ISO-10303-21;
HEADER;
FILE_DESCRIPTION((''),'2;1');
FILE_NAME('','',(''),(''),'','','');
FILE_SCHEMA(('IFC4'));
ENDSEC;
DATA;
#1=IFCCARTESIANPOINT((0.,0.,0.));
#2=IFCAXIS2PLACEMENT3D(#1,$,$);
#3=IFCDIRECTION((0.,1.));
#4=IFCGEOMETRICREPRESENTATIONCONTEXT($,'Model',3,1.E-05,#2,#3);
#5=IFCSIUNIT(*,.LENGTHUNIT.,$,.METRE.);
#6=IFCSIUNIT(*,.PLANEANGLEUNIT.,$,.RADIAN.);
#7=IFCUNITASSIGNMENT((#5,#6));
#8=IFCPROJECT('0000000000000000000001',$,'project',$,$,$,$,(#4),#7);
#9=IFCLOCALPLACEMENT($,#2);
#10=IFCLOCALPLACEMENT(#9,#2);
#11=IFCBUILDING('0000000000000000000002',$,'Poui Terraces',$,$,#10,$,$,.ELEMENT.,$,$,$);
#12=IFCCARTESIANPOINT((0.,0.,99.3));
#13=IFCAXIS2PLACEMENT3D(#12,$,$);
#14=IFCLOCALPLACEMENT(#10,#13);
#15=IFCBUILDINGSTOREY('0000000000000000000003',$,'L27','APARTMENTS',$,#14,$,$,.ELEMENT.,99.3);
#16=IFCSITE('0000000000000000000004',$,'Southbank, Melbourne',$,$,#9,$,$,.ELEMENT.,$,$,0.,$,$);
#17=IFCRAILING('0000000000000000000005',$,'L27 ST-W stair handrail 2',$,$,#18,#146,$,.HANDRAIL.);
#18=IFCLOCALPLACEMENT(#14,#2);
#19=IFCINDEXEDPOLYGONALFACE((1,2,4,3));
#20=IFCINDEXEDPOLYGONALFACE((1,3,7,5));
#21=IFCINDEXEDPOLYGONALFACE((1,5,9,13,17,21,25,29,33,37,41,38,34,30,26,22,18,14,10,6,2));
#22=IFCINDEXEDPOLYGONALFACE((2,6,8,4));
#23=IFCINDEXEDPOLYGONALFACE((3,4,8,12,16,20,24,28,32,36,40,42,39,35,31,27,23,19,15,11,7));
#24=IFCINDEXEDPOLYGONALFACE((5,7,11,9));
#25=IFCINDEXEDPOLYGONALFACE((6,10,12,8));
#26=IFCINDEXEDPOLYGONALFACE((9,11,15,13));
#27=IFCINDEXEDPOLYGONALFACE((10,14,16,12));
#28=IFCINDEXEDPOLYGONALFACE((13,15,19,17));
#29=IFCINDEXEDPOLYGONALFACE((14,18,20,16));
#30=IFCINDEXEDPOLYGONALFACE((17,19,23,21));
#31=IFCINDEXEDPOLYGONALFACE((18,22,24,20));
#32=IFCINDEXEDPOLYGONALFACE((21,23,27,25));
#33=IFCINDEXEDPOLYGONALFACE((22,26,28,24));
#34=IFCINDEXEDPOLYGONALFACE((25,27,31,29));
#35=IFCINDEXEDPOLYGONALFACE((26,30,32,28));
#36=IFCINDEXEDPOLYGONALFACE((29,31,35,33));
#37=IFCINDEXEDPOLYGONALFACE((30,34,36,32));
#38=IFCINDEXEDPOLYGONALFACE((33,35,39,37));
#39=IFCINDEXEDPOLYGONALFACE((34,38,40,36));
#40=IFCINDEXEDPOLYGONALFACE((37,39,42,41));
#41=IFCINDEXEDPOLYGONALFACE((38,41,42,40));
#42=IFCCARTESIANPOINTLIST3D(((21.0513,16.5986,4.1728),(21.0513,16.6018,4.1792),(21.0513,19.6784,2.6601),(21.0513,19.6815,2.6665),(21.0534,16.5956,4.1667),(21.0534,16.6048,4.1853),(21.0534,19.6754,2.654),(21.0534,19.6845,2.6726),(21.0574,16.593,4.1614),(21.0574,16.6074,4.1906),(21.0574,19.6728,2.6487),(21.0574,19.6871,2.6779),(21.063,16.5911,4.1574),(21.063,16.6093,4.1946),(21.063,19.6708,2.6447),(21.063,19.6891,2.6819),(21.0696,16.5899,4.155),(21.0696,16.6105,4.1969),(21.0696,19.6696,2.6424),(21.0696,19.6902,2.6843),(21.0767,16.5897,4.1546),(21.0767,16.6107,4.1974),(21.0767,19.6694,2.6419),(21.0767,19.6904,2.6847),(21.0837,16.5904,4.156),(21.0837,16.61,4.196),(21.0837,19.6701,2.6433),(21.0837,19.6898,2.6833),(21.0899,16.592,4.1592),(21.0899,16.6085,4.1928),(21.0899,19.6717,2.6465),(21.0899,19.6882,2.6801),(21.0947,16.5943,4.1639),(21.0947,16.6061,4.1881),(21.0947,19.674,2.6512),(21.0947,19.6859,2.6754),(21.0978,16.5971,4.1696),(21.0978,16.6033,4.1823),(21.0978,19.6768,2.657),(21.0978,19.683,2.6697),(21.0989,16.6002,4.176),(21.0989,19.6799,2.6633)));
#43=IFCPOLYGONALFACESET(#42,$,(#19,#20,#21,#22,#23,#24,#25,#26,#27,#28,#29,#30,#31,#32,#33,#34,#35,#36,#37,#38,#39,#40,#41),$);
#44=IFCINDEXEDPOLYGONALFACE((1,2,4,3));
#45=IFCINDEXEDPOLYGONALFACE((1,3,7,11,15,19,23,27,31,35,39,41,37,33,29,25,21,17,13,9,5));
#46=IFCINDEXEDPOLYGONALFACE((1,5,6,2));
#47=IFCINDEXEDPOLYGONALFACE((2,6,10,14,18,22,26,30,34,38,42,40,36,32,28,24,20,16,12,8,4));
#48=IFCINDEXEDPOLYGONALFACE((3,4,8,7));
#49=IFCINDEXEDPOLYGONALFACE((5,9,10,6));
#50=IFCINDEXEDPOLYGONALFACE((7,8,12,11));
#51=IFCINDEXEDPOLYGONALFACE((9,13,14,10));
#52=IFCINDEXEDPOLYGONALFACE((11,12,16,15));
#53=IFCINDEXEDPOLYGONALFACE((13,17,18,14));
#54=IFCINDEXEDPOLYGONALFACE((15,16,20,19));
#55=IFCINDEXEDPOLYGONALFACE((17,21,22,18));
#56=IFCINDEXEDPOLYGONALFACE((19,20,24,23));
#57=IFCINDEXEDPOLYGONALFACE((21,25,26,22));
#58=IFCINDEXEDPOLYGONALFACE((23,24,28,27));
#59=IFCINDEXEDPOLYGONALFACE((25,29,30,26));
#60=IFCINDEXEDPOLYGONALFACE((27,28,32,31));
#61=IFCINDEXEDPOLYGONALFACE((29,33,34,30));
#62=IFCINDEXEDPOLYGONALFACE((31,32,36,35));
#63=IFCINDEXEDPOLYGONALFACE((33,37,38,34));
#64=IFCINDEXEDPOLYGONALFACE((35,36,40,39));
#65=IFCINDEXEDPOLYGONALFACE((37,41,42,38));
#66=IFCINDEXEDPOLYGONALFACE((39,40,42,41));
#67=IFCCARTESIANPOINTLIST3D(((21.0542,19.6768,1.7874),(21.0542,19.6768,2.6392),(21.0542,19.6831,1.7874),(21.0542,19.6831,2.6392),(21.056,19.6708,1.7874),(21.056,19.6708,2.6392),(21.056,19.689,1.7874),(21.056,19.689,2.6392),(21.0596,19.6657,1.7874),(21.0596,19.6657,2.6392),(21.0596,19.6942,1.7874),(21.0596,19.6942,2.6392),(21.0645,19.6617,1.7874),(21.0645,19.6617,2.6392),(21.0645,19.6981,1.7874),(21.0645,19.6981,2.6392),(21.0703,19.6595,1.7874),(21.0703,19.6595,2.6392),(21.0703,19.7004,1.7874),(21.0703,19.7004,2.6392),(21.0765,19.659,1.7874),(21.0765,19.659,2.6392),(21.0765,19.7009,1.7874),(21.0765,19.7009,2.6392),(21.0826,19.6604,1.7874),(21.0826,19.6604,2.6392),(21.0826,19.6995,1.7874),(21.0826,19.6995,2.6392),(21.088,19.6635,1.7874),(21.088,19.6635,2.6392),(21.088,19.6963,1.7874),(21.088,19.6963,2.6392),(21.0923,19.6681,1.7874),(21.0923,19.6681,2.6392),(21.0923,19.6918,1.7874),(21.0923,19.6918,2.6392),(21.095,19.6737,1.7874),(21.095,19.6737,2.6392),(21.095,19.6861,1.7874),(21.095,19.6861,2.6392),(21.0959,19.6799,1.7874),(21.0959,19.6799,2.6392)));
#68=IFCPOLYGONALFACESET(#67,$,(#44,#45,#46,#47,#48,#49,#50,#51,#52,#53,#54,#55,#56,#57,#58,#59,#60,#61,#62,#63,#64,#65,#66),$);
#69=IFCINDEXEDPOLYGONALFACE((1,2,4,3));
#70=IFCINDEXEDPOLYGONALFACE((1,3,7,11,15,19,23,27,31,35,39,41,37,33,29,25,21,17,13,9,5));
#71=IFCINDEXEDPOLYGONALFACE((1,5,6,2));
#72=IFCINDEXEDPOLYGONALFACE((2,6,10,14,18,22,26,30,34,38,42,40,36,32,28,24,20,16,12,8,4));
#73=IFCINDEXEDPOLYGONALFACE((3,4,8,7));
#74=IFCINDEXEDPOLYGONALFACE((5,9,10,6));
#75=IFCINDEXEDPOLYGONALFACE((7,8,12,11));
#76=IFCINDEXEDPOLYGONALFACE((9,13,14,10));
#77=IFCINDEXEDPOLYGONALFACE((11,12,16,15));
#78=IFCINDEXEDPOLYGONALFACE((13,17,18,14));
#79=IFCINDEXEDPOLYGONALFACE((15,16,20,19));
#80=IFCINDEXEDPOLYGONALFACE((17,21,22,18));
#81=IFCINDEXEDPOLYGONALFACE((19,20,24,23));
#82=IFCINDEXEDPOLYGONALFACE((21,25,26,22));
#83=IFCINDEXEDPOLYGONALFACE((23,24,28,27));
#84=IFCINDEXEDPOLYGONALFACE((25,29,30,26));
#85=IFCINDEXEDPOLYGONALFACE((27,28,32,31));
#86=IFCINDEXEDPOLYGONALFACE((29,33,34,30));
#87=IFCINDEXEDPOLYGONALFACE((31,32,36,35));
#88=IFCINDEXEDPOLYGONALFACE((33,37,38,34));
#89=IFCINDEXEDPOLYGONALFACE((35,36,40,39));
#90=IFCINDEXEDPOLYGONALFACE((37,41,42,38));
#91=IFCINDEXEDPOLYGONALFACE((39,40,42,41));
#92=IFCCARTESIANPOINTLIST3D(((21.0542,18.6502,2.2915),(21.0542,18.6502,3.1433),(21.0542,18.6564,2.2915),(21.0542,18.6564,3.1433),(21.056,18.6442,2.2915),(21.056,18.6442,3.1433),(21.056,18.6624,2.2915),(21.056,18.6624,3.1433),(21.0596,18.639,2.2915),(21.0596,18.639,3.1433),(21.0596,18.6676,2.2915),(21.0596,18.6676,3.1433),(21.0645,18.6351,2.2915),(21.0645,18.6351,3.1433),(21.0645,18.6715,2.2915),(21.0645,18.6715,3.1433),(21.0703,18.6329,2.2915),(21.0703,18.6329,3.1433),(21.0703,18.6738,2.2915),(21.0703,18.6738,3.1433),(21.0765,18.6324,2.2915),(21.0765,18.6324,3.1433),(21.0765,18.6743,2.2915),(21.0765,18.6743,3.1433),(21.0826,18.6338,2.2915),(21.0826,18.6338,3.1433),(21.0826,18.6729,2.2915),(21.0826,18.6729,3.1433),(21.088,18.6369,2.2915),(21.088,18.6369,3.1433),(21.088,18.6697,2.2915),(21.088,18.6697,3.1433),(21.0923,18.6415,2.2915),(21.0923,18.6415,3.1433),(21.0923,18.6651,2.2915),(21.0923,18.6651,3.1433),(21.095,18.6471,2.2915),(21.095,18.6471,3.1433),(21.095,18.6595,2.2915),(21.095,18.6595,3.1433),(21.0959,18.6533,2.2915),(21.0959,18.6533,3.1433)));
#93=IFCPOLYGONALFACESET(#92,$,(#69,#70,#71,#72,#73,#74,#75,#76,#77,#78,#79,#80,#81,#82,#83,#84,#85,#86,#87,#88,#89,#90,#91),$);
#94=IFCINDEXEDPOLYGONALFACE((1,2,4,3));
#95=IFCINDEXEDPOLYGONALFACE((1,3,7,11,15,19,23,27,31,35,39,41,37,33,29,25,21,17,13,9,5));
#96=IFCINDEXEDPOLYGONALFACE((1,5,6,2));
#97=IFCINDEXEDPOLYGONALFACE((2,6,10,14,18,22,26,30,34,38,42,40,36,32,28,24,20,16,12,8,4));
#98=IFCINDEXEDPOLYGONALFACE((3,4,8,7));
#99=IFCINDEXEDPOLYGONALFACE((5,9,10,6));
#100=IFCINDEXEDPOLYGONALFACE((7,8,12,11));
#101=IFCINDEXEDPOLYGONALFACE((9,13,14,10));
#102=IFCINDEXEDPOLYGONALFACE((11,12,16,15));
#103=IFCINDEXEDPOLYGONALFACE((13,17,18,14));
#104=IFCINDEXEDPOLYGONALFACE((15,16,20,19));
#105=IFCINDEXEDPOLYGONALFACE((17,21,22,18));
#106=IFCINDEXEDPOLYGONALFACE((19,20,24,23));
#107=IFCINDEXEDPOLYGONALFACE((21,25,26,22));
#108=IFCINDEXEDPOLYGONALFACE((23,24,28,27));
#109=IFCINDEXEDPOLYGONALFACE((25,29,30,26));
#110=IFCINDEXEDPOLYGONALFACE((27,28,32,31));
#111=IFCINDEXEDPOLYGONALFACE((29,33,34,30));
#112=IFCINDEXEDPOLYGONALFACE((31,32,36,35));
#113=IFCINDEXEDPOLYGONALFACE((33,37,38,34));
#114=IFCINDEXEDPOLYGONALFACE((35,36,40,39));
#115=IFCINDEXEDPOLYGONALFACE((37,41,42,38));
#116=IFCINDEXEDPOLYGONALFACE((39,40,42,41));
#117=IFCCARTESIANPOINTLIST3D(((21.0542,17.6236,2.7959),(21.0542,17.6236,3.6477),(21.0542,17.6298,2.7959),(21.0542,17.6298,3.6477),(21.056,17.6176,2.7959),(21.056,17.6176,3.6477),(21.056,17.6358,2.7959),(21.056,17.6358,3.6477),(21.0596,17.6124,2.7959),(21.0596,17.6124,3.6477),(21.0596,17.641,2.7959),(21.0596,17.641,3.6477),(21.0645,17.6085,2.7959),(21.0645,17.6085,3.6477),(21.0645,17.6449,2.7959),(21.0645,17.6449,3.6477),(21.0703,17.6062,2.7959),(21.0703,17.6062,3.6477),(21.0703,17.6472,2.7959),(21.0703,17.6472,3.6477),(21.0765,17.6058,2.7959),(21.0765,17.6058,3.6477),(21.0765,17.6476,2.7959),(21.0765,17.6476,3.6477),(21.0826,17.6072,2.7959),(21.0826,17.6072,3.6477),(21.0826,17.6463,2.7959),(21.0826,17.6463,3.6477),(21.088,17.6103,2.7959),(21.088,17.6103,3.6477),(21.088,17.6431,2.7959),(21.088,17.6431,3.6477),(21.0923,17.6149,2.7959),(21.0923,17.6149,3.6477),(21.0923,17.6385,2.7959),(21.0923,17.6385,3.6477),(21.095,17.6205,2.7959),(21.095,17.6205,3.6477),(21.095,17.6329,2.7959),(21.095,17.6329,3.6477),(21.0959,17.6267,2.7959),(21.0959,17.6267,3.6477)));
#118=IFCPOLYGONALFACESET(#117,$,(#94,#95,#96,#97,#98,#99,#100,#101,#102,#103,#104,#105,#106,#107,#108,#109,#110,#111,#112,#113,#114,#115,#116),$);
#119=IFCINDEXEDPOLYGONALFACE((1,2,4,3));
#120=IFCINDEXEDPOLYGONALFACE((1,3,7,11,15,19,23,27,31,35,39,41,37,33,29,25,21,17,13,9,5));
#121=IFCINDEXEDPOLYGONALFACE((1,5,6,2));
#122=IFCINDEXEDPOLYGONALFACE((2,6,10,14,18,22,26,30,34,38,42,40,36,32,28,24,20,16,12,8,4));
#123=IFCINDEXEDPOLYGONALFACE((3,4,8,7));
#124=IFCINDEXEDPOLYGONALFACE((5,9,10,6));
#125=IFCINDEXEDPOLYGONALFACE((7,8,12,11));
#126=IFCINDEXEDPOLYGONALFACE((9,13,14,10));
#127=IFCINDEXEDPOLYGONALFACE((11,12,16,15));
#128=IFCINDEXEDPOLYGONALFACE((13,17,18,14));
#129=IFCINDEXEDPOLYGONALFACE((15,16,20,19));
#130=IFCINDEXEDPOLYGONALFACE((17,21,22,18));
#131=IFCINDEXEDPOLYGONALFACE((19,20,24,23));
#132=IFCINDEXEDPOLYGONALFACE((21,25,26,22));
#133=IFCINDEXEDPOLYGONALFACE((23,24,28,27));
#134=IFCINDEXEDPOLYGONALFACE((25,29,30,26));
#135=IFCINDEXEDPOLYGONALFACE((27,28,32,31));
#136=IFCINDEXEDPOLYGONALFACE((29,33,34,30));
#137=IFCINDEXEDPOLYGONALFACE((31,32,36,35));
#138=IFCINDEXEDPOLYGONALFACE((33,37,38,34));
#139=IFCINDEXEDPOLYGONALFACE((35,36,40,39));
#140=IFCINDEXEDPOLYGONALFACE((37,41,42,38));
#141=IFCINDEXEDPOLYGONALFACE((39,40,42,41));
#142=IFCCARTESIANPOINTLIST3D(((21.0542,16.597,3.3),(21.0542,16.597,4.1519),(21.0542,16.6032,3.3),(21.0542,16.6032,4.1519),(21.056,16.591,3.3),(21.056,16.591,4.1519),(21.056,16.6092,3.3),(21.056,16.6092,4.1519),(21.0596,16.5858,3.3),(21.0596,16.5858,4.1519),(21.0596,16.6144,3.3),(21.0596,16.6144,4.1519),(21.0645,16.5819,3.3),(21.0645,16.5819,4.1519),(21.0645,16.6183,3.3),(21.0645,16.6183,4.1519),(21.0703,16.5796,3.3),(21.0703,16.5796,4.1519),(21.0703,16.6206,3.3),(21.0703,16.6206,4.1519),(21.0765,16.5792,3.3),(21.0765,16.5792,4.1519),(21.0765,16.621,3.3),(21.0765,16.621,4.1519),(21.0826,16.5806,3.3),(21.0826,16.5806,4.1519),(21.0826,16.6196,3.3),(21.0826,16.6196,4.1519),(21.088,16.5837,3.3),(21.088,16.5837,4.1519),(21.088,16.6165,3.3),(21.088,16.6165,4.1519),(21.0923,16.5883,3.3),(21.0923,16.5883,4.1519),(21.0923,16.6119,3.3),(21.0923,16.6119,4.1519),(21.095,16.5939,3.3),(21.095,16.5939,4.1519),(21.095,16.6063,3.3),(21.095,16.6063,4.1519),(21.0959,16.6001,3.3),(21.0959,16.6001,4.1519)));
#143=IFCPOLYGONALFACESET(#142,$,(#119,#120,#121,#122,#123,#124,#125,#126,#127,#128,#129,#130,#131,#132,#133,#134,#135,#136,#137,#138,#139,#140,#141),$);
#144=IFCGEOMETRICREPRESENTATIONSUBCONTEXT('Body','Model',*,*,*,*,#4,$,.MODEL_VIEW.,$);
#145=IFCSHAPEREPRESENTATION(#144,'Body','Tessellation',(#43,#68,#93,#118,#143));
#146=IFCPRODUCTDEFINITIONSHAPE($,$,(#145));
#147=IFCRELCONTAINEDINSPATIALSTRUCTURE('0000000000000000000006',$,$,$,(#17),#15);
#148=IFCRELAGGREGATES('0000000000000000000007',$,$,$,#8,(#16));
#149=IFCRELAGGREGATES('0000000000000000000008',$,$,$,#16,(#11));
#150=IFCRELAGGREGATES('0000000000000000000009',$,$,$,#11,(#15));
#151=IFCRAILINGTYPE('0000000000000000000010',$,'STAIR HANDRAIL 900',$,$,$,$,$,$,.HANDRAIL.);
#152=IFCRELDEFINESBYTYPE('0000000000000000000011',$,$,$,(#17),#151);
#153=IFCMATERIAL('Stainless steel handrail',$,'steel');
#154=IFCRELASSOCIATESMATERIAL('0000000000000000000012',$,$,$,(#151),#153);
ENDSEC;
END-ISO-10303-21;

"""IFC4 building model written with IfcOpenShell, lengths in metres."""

from ifc_helpers import new_model, si_unit, direction, frame, origin, origin_2d, place, context, subcontext, project, spatial, circle, extrude, material, type_object, element, save


model = new_model("IFC4")

# Units and contexts
model_context = context("Model", 3, precision=1e-05, world=origin(), true_north=direction((0.0, 1.0)))
body_context = subcontext(model_context, "Body", "Model", "MODEL_VIEW")
ifc_project = project(units=[si_unit("LENGTHUNIT", "METRE"), si_unit("PLANEANGLEUNIT", "RADIAN")], contexts=[model_context])

# Site, building, storey
site_placement = place(None, origin())
site = spatial("IfcSite", under=ifc_project, at=site_placement, Name="Southbank, Melbourne", CompositionType="ELEMENT", RefElevation=0.0)
building_placement = place(site_placement, origin())
building = spatial("IfcBuilding", under=site, at=building_placement, Name="Poui Terraces", CompositionType="ELEMENT")
storey_placement = place(building_placement, frame((0.0, 0.0, 99.3)))
storey = spatial("IfcBuildingStorey", under=building, at=storey_placement, Name="L27", Description="APARTMENTS", CompositionType="ELEMENT", Elevation=99.3)

# Railing
ifc_material_1 = material(Name="Stainless steel handrail", Category="steel")
railing_type_1 = type_object("IfcRailingType", Name="STAIR HANDRAIL 900", PredefinedType="HANDRAIL", material=ifc_material_1)
railing_1_placement = place(storey_placement, frame((21.075, 19.6799, 1.7874)))
element("IfcRailing", 1, at=railing_1_placement, inside=storey, type_object=railing_type_1, Name="L27 ST-W stair handrail 2", PredefinedType="HANDRAIL", context=body_context, shape_type="SweptSolid", body=[
    extrude(circle(Radius=0.0239, at=origin_2d()), frame((0.0, 0.0, 0.876), z_axis=(0.0, -0.897578, 0.440856), x_axis=(1.0, 0.0, 0.0)), (0.0, 0.0, 1.0), 3.4312),
    extrude(circle(Radius=0.021, at=origin_2d()), origin(), (0.0, 0.0, 1.0), 0.8518),
    extrude(circle(Radius=0.021, at=origin_2d()), frame((0.0, -1.0266, 0.5042)), (0.0, 0.0, 1.0), 0.8518),
    extrude(circle(Radius=0.021, at=origin_2d()), frame((0.0, -2.0532, 1.0085)), (0.0, 0.0, 1.0), 0.8518),
    extrude(circle(Radius=0.021, at=origin_2d()), frame((0.0, -3.0798, 1.5127)), (0.0, 0.0, 1.0), 0.8518),
])

save(model, "model.ifc")
